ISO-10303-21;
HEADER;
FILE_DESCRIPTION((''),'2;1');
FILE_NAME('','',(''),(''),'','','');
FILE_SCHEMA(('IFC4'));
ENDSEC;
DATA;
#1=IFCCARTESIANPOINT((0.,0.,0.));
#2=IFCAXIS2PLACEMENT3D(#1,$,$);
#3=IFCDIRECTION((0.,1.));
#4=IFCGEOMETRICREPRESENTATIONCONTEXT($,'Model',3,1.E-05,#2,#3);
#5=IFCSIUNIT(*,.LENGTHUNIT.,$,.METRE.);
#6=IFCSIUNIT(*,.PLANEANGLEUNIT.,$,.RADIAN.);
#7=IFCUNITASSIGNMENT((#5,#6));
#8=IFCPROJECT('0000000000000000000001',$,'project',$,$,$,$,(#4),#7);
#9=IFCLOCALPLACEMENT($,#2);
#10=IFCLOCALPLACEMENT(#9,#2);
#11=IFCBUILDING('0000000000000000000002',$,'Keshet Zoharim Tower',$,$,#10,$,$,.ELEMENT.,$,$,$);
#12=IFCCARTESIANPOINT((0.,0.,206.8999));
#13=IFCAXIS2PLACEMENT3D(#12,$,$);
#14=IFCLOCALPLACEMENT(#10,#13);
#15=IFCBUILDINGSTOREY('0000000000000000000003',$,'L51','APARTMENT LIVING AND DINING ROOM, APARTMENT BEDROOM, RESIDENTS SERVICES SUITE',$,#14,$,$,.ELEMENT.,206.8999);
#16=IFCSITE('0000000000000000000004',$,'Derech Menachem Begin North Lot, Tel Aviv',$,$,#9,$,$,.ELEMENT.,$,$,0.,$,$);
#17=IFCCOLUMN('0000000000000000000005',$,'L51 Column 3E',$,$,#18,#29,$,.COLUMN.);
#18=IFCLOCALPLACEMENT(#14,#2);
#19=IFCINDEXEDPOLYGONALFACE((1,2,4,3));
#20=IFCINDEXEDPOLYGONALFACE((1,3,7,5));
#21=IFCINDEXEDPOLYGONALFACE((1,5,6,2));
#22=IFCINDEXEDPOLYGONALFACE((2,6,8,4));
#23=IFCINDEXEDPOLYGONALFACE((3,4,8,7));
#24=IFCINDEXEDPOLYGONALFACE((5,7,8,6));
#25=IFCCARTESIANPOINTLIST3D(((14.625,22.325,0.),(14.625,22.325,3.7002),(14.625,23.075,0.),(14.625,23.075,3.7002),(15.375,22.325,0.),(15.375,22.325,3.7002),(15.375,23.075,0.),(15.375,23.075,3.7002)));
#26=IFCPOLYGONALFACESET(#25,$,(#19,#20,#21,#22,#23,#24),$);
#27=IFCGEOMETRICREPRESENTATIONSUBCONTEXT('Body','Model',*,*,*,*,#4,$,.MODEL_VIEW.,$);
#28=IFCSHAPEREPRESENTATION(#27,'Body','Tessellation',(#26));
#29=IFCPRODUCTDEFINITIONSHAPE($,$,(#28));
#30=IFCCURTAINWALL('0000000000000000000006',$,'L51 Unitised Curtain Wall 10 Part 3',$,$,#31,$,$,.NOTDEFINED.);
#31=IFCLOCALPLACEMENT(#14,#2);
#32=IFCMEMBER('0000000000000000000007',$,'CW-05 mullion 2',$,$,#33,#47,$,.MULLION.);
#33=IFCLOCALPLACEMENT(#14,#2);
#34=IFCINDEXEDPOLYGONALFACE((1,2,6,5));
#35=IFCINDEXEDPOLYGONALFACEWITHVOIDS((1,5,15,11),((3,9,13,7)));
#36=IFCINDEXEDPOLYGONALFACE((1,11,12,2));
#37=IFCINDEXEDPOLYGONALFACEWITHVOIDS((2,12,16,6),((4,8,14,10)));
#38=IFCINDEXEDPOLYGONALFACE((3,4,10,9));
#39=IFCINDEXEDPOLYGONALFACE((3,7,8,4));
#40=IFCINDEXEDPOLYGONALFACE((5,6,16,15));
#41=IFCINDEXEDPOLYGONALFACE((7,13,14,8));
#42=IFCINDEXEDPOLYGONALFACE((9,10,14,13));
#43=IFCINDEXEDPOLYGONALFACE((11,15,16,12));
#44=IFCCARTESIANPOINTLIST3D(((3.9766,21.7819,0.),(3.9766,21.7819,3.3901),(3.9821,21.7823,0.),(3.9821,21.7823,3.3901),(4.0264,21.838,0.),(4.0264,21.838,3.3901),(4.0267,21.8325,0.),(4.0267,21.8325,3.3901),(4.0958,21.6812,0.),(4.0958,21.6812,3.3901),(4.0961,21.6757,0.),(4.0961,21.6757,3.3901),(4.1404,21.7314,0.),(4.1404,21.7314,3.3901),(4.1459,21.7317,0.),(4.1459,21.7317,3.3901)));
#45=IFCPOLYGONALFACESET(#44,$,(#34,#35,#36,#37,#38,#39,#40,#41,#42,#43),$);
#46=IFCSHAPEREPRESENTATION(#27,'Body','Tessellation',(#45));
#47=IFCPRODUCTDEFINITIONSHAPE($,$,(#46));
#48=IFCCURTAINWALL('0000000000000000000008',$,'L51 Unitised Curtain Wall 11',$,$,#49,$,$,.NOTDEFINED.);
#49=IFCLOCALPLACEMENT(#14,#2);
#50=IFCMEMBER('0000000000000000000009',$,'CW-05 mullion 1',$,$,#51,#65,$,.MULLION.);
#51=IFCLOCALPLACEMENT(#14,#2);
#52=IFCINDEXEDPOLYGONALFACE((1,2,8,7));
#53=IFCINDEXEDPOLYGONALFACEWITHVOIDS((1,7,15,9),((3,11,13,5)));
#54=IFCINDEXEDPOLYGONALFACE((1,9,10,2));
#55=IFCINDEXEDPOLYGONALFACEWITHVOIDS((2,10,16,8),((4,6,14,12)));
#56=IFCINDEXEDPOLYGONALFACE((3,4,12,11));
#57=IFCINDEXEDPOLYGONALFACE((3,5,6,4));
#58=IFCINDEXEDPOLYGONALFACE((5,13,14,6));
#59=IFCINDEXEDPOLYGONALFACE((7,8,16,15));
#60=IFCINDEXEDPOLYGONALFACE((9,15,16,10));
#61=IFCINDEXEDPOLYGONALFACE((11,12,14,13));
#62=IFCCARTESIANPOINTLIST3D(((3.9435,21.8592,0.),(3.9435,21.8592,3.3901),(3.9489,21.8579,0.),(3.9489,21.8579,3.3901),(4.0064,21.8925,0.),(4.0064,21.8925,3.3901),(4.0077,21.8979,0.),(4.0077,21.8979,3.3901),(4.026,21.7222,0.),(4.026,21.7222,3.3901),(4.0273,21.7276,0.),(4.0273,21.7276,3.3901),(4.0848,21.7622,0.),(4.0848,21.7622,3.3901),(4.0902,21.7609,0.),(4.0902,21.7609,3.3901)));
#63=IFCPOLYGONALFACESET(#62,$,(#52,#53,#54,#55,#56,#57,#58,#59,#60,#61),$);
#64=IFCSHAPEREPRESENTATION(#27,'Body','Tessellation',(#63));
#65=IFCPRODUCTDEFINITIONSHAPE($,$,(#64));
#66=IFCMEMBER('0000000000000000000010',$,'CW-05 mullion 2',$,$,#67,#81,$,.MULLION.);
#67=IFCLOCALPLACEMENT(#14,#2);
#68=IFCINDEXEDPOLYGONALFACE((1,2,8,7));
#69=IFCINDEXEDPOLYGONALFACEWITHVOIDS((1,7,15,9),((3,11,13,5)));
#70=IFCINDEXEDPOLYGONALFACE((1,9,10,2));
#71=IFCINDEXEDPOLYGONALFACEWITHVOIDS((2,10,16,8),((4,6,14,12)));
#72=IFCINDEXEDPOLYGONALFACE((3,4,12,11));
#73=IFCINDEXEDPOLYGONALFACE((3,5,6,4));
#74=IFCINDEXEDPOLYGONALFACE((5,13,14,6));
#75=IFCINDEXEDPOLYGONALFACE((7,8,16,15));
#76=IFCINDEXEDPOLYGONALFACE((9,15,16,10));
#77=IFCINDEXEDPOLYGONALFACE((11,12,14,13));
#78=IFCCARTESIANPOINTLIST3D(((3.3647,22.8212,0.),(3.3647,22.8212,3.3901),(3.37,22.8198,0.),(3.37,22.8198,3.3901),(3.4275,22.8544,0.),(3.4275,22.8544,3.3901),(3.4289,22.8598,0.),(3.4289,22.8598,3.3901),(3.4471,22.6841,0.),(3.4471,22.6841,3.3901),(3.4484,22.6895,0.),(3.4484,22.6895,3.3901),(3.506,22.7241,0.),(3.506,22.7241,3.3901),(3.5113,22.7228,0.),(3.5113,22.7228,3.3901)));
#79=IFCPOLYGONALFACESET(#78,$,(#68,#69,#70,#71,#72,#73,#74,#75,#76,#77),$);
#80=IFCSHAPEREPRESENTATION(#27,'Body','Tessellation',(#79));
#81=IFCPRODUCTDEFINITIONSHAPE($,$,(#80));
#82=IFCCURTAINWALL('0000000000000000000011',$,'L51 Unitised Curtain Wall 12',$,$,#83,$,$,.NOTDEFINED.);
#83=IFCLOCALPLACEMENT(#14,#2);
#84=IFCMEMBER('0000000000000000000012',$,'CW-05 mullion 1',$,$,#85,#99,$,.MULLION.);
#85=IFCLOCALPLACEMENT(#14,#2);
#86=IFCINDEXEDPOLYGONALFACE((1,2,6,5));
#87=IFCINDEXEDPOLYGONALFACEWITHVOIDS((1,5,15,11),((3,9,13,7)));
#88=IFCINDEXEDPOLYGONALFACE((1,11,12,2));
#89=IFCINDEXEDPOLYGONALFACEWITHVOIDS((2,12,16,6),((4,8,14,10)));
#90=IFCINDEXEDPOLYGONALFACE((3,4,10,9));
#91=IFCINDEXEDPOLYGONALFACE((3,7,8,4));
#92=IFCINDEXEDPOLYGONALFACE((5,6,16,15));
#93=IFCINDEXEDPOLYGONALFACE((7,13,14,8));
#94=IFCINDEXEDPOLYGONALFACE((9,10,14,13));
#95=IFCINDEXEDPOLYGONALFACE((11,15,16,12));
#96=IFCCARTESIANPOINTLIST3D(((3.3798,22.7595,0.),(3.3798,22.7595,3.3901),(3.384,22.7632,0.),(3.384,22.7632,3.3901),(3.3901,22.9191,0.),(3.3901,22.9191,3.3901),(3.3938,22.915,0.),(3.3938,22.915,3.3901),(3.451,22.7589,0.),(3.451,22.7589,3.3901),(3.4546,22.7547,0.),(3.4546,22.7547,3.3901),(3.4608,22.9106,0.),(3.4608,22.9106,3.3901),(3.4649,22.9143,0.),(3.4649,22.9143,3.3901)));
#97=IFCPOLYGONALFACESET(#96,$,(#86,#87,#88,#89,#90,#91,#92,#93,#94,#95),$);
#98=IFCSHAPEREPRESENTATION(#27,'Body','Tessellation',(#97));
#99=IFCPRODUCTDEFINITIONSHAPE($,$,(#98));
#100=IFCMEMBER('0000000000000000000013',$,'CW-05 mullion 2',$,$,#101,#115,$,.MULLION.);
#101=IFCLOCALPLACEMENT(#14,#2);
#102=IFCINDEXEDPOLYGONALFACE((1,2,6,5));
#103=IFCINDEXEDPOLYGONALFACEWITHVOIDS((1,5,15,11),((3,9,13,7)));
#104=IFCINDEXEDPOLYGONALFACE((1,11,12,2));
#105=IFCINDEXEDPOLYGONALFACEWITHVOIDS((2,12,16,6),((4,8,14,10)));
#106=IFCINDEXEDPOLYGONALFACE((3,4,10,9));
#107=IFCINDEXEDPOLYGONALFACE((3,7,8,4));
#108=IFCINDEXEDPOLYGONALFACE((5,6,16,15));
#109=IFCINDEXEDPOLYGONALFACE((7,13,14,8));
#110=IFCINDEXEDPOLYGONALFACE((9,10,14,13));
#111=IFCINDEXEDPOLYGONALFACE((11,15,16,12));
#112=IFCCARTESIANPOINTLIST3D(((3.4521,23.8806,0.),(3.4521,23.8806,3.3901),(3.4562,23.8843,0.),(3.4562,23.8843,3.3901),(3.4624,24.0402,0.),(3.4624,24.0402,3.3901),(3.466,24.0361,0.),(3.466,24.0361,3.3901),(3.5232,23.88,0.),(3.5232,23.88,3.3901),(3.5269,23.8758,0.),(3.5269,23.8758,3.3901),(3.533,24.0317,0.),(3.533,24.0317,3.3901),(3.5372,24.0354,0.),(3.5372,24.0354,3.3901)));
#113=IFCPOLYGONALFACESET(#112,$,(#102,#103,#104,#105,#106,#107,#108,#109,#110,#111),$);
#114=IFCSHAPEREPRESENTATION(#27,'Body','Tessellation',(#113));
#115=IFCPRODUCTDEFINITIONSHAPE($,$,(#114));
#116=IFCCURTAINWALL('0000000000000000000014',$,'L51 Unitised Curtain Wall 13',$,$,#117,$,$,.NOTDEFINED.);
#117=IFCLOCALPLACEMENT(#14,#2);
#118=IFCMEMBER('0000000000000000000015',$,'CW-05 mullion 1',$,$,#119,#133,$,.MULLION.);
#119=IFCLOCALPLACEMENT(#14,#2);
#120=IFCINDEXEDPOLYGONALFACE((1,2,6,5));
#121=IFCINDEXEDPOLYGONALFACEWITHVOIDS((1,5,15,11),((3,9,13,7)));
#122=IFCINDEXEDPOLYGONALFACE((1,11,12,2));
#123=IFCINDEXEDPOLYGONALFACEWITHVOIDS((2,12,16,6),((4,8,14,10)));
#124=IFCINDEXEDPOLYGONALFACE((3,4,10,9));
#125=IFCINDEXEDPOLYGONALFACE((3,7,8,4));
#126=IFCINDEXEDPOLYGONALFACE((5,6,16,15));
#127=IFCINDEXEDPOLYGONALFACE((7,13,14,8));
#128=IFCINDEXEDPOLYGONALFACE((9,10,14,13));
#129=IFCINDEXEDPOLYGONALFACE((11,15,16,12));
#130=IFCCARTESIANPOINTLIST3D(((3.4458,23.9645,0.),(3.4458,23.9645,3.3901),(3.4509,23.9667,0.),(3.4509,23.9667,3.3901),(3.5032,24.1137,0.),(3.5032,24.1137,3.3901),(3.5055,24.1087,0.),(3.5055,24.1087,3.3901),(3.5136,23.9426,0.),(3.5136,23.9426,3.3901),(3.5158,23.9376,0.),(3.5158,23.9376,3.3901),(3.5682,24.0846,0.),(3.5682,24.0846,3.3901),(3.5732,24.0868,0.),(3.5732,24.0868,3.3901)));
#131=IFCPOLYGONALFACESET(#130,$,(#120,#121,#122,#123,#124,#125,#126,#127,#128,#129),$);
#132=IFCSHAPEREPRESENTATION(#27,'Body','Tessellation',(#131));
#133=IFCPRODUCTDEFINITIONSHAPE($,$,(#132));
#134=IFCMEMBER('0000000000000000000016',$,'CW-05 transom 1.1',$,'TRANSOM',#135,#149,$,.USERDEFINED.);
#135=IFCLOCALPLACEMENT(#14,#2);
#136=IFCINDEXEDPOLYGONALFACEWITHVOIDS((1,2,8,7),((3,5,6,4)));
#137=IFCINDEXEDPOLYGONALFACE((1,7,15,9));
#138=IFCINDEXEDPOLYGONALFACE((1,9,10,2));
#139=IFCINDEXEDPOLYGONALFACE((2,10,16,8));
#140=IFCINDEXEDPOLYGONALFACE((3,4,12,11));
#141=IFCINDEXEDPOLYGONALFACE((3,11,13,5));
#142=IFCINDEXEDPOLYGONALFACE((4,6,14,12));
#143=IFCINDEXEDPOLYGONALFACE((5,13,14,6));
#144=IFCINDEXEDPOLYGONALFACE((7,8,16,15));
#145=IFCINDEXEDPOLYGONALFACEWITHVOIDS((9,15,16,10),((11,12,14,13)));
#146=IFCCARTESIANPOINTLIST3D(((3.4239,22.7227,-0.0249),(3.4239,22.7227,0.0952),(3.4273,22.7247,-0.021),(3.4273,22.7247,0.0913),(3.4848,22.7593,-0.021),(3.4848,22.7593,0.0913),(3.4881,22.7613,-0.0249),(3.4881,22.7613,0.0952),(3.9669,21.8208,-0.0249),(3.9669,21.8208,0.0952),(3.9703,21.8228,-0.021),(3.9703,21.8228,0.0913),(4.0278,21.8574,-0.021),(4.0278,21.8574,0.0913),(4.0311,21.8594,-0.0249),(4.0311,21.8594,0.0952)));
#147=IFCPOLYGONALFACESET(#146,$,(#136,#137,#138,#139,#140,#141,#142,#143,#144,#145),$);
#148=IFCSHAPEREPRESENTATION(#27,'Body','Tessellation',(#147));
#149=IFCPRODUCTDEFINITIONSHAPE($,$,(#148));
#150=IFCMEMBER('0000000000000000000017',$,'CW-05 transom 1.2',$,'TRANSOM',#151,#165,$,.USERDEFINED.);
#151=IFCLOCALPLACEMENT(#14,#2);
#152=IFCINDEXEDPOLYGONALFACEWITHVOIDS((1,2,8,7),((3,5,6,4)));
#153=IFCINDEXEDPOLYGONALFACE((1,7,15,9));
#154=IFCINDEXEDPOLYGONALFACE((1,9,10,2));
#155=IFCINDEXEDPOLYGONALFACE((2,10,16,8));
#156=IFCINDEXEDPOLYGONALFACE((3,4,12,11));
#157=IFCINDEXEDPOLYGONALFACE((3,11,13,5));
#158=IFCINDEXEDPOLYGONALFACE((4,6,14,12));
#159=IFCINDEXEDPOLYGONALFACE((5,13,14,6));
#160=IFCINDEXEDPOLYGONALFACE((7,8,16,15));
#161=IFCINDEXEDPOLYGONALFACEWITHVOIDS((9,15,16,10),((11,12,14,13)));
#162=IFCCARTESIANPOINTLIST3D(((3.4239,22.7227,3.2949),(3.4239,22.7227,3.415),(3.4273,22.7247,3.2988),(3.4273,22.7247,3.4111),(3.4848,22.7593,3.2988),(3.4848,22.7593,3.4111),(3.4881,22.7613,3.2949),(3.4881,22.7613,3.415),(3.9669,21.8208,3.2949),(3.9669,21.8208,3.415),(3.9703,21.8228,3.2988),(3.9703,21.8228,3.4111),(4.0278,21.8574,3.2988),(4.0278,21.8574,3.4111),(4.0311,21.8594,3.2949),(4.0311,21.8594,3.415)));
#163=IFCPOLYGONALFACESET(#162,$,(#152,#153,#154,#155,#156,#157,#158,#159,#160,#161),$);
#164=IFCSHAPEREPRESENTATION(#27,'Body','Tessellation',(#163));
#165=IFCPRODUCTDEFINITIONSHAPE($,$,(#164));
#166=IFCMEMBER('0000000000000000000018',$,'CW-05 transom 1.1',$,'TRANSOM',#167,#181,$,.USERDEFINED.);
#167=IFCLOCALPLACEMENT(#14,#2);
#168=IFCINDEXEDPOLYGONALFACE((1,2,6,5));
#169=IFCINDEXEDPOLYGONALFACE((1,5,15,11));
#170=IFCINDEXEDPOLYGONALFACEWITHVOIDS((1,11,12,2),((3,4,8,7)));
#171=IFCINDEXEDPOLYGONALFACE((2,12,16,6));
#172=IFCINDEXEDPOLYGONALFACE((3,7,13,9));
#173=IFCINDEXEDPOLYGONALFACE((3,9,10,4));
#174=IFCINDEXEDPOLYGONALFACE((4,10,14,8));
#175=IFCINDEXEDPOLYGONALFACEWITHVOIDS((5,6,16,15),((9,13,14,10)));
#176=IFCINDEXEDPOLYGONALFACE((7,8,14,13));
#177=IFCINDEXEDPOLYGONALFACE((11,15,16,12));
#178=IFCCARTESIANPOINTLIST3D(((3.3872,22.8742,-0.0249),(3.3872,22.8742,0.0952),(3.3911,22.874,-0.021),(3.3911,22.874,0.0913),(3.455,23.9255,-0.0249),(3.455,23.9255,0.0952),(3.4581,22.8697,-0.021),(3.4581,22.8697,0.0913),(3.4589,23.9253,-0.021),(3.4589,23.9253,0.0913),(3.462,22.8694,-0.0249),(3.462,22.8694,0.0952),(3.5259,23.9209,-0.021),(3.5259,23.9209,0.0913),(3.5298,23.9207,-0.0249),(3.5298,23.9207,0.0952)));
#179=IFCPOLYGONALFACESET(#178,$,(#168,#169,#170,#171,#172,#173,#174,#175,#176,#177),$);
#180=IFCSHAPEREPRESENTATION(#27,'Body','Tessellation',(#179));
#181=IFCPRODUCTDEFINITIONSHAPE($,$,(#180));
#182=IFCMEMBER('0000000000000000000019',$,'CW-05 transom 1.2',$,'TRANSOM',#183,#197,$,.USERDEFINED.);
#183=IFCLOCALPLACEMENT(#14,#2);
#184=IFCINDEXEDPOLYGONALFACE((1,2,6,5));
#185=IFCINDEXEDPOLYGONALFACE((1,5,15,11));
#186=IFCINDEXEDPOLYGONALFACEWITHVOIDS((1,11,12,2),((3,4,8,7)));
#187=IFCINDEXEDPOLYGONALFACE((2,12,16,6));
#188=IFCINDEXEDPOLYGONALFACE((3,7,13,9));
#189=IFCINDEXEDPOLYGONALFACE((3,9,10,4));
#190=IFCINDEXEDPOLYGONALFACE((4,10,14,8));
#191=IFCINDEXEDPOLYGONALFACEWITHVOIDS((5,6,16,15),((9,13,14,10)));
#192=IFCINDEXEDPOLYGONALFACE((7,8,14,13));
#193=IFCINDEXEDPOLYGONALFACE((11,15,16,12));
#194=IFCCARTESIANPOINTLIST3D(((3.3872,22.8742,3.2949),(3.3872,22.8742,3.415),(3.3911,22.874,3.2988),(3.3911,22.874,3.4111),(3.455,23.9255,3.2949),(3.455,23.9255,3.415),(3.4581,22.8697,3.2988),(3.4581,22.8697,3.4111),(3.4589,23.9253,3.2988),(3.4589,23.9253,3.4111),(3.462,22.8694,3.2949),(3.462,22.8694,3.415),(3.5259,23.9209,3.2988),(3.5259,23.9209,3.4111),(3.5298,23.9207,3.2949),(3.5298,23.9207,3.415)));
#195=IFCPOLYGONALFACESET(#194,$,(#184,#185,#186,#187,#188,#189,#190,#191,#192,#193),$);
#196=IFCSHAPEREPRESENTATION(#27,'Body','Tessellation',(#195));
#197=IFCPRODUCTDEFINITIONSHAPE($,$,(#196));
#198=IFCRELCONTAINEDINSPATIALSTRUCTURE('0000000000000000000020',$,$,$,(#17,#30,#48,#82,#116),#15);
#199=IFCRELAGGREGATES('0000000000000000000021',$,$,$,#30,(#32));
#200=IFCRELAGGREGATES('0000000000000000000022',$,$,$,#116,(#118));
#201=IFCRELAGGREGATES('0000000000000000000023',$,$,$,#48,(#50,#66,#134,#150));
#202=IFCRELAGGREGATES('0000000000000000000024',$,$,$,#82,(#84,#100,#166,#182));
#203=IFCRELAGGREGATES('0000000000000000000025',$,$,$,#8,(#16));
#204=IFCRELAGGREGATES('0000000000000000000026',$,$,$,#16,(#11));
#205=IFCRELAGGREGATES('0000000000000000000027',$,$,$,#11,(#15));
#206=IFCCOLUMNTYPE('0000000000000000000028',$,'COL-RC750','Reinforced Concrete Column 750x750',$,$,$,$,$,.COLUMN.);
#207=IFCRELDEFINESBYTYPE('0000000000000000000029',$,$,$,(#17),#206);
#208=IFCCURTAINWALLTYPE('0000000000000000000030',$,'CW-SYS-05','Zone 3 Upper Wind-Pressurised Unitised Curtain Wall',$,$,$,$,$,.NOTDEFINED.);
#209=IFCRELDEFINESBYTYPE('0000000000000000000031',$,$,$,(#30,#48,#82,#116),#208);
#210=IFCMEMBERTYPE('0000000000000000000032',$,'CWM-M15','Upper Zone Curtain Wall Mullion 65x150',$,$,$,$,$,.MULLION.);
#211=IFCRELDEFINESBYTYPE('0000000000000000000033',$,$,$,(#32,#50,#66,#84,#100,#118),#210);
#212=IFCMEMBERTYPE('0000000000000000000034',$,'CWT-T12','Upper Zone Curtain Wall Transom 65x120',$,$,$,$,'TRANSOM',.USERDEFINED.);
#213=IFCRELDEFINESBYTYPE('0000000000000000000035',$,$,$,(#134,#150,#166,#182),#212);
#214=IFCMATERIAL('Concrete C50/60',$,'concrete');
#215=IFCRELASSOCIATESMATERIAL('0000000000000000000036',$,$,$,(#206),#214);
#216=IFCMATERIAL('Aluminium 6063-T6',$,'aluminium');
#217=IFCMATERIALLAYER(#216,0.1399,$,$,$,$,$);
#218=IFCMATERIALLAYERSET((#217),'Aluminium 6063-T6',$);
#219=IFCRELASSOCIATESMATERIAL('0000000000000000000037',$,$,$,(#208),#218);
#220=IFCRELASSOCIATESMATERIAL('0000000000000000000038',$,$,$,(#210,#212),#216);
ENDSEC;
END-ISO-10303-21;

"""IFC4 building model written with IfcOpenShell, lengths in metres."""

from ifc_helpers import new_model, si_unit, direction, frame, origin, origin_2d, place, context, subcontext, project, spatial, rectangle, hollow_rectangle, extrude, material, layer, layer_set, material_profile, profile_set, type_object, element, aggregate, save


model = new_model("IFC4")

# Units and contexts
model_context = context("Model", 3, precision=1e-05, world=origin(), true_north=direction((0.0, 1.0)))
body_context = subcontext(model_context, "Body", "Model", "MODEL_VIEW")
ifc_project = project(units=[si_unit("LENGTHUNIT", "METRE"), si_unit("PLANEANGLEUNIT", "RADIAN")], contexts=[model_context])

# Site, building, storey
site_placement = place(None, origin())
site = spatial("IfcSite", under=ifc_project, at=site_placement, Name="Derech Menachem Begin North Lot, Tel Aviv", CompositionType="ELEMENT", RefElevation=0.0)
building_placement = place(site_placement, origin())
building = spatial("IfcBuilding", under=site, at=building_placement, Name="Keshet Zoharim Tower", CompositionType="ELEMENT")
storey_placement = place(building_placement, frame((0.0, 0.0, 206.8999)))
storey = spatial("IfcBuildingStorey", under=building, at=storey_placement, Name="L51", Description="APARTMENT LIVING AND DINING ROOM, APARTMENT BEDROOM, RESIDENTS SERVICES SUITE", CompositionType="ELEMENT", Elevation=206.8999)

# Column
ifc_material_1 = material(Name="Concrete C50/60", Category="concrete")
ifc_material_profile_1 = material_profile(ifc_material_1, rectangle(XDim=0.75, YDim=0.75, at=origin_2d()), Name="RC750x750")
ifc_profile_set_1 = profile_set([ifc_material_profile_1], Name="Concrete C50/60")
column_type = type_object("IfcColumnType", Name="COL-RC750", Description="Reinforced Concrete Column 750x750", PredefinedType="COLUMN", material=ifc_profile_set_1)
column_placement = place(storey_placement, frame((15.0, 22.7, 0.0), z_axis=(0.0, 0.0, 1.0), x_axis=(1.0, 0.0, 0.0)))
element("IfcColumn", 1, at=column_placement, inside=storey, type_object=column_type, Name="L51 Column 3E", PredefinedType="COLUMN", context=body_context, shape_type="SweptSolid", body=[
    extrude(rectangle(XDim=0.75, YDim=0.75, at=origin_2d()), origin(), (0.0, 0.0, 1.0), 3.7002),
])

# Curtain wall, member
ifc_material_2 = material(Name="Aluminium 6063-T6", Category="aluminium")
ifc_layer_1 = layer(ifc_material_2, 0.1399)
ifc_layer_set_1 = layer_set([ifc_layer_1], Name="Aluminium 6063-T6")
curtain_wall_type = type_object("IfcCurtainWallType", Name="CW-SYS-05", Description="Zone 3 Upper Wind-Pressurised Unitised Curtain Wall", PredefinedType="NOTDEFINED", material=ifc_layer_set_1)
curtain_wall_1_placement = place(storey_placement, origin())
curtain_wall_1 = element("IfcCurtainWall", 2, at=curtain_wall_1_placement, inside=storey, type_object=curtain_wall_type, Name="L51 Unitised Curtain Wall 10 Part 3", PredefinedType="NOTDEFINED")
ifc_material_profile_2 = material_profile(ifc_material_2, hollow_rectangle(XDim=0.075, YDim=0.1599, WallThickness=0.0039, at=origin_2d()), Name="MUL-75x160")
ifc_profile_set_2 = profile_set([ifc_material_profile_2], Name="Aluminium 6063-T6")
member_type_1 = type_object("IfcMemberType", Name="CWM-M15", Description="Upper Zone Curtain Wall Mullion 65x150", PredefinedType="MULLION", material=ifc_profile_set_2)
member_1_placement = place(storey_placement, frame((4.0613, 21.7568, 0.0), z_axis=(0.0, 0.0, 1.0), x_axis=(-0.664367, -0.747407, 0.0)))
member_1 = element("IfcMember", 3, at=member_1_placement, type_object=member_type_1, Name="CW-05 mullion 2", PredefinedType="MULLION", context=body_context, shape_type="SweptSolid", body=[
    extrude(hollow_rectangle(XDim=0.075, YDim=0.1599, WallThickness=0.0039, at=origin_2d()), origin(), (0.0, 0.0, 1.0), 3.3901),
])
aggregate(curtain_wall_1, [member_1])

# Curtain walls, members
curtain_wall_2_placement = place(storey_placement, origin())
curtain_wall_2 = element("IfcCurtainWall", 4, at=curtain_wall_2_placement, inside=storey, type_object=curtain_wall_type, Name="L51 Unitised Curtain Wall 11", PredefinedType="NOTDEFINED")
member_2_placement = place(storey_placement, frame((4.0168, 21.8101, 0.0), z_axis=(0.0, 0.0, 1.0), x_axis=(-0.856826, -0.515605, 0.0)))
member_2 = element("IfcMember", 5, at=member_2_placement, type_object=member_type_1, Name="CW-05 mullion 1", PredefinedType="MULLION", context=body_context, shape_type="SweptSolid", body=[
    extrude(hollow_rectangle(XDim=0.075, YDim=0.1599, WallThickness=0.0039, at=origin_2d()), origin(), (0.0, 0.0, 1.0), 3.3901),
])
member_3_placement = place(storey_placement, frame((3.438, 22.772, 0.0), z_axis=(0.0, 0.0, 1.0), x_axis=(-0.856826, -0.515605, 0.0)))
member_3 = element("IfcMember", 6, at=member_3_placement, type_object=member_type_1, Name="CW-05 mullion 2", PredefinedType="MULLION", context=body_context, shape_type="SweptSolid", body=[
    extrude(hollow_rectangle(XDim=0.075, YDim=0.1599, WallThickness=0.0039, at=origin_2d()), origin(), (0.0, 0.0, 1.0), 3.3901),
])
curtain_wall_3_placement = place(storey_placement, origin())
curtain_wall_3 = element("IfcCurtainWall", 7, at=curtain_wall_3_placement, inside=storey, type_object=curtain_wall_type, Name="L51 Unitised Curtain Wall 12", PredefinedType="NOTDEFINED")
member_4_placement = place(storey_placement, frame((3.4224, 22.8369, 0.0), z_axis=(0.0, 0.0, 1.0), x_axis=(-0.997917, 0.064517, 0.0)))
member_4 = element("IfcMember", 8, at=member_4_placement, type_object=member_type_1, Name="CW-05 mullion 1", PredefinedType="MULLION", context=body_context, shape_type="SweptSolid", body=[
    extrude(hollow_rectangle(XDim=0.075, YDim=0.1599, WallThickness=0.0039, at=origin_2d()), origin(), (0.0, 0.0, 1.0), 3.3901),
])
member_5_placement = place(storey_placement, frame((3.4946, 23.958, 0.0), z_axis=(0.0, 0.0, 1.0), x_axis=(-0.997917, 0.064517, 0.0)))
member_5 = element("IfcMember", 9, at=member_5_placement, type_object=member_type_1, Name="CW-05 mullion 2", PredefinedType="MULLION", context=body_context, shape_type="SweptSolid", body=[
    extrude(hollow_rectangle(XDim=0.075, YDim=0.1599, WallThickness=0.0039, at=origin_2d()), origin(), (0.0, 0.0, 1.0), 3.3901),
])

# Curtain wall, member
curtain_wall_4_placement = place(storey_placement, origin())
curtain_wall_4 = element("IfcCurtainWall", 10, at=curtain_wall_4_placement, inside=storey, type_object=curtain_wall_type, Name="L51 Unitised Curtain Wall 13", PredefinedType="NOTDEFINED")
member_6_placement = place(storey_placement, frame((3.5095, 24.0256, 0.0), z_axis=(0.0, 0.0, 1.0), x_axis=(-0.933341, 0.35899, 0.0)))
member_6 = element("IfcMember", 11, at=member_6_placement, type_object=member_type_1, Name="CW-05 mullion 1", PredefinedType="MULLION", context=body_context, shape_type="SweptSolid", body=[
    extrude(hollow_rectangle(XDim=0.075, YDim=0.1599, WallThickness=0.0039, at=origin_2d()), origin(), (0.0, 0.0, 1.0), 3.3901),
])

# Members
ifc_material_profile_3 = material_profile(ifc_material_2, hollow_rectangle(XDim=0.075, YDim=0.1201, WallThickness=0.0039, at=origin_2d()), Name="TRN-75x120")
ifc_profile_set_3 = profile_set([ifc_material_profile_3], Name="Aluminium 6063-T6")
member_type_2 = type_object("IfcMemberType", Name="CWT-T12", Description="Upper Zone Curtain Wall Transom 65x120", ElementType="TRANSOM", PredefinedType="USERDEFINED", material=ifc_profile_set_3)
member_7_placement = place(storey_placement, frame((3.999, 21.8401, 0.0352), z_axis=(-0.515791, 0.856714, 0.0), x_axis=(-0.856714, -0.515791, 0.0)))
member_7 = element("IfcMember", 12, at=member_7_placement, type_object=member_type_2, Name="CW-05 transom 1.1", ObjectType="TRANSOM", PredefinedType="USERDEFINED", context=body_context, shape_type="SweptSolid", body=[
    extrude(hollow_rectangle(XDim=0.075, YDim=0.1201, WallThickness=0.0039, at=origin_2d()), origin(), (0.0, 0.0, 1.0), 1.0527),
])
member_8_placement = place(storey_placement, frame((3.999, 21.8401, 3.355), z_axis=(-0.515791, 0.856714, 0.0), x_axis=(-0.856714, -0.515791, 0.0)))
member_8 = element("IfcMember", 13, at=member_8_placement, type_object=member_type_2, Name="CW-05 transom 1.2", ObjectType="TRANSOM", PredefinedType="USERDEFINED", context=body_context, shape_type="SweptSolid", body=[
    extrude(hollow_rectangle(XDim=0.075, YDim=0.1201, WallThickness=0.0039, at=origin_2d()), origin(), (0.0, 0.0, 1.0), 1.0527),
])
member_9_placement = place(storey_placement, frame((3.4246, 22.8718, 0.0352), z_axis=(0.064427, 0.997922, 0.0), x_axis=(-0.997922, 0.064427, 0.0)))
member_9 = element("IfcMember", 14, at=member_9_placement, type_object=member_type_2, Name="CW-05 transom 1.1", ObjectType="TRANSOM", PredefinedType="USERDEFINED", context=body_context, shape_type="SweptSolid", body=[
    extrude(hollow_rectangle(XDim=0.075, YDim=0.1201, WallThickness=0.0039, at=origin_2d()), origin(), (0.0, 0.0, 1.0), 1.0535),
])
member_10_placement = place(storey_placement, frame((3.4246, 22.8718, 3.355), z_axis=(0.064427, 0.997922, 0.0), x_axis=(-0.997922, 0.064427, 0.0)))
member_10 = element("IfcMember", 15, at=member_10_placement, type_object=member_type_2, Name="CW-05 transom 1.2", ObjectType="TRANSOM", PredefinedType="USERDEFINED", context=body_context, shape_type="SweptSolid", body=[
    extrude(hollow_rectangle(XDim=0.075, YDim=0.1201, WallThickness=0.0039, at=origin_2d()), origin(), (0.0, 0.0, 1.0), 1.0535),
])
aggregate(curtain_wall_4, [member_6])

aggregate(curtain_wall_2, [member_2, member_3, member_7, member_8])
aggregate(curtain_wall_3, [member_4, member_5, member_9, member_10])

save(model, "model.ifc")
